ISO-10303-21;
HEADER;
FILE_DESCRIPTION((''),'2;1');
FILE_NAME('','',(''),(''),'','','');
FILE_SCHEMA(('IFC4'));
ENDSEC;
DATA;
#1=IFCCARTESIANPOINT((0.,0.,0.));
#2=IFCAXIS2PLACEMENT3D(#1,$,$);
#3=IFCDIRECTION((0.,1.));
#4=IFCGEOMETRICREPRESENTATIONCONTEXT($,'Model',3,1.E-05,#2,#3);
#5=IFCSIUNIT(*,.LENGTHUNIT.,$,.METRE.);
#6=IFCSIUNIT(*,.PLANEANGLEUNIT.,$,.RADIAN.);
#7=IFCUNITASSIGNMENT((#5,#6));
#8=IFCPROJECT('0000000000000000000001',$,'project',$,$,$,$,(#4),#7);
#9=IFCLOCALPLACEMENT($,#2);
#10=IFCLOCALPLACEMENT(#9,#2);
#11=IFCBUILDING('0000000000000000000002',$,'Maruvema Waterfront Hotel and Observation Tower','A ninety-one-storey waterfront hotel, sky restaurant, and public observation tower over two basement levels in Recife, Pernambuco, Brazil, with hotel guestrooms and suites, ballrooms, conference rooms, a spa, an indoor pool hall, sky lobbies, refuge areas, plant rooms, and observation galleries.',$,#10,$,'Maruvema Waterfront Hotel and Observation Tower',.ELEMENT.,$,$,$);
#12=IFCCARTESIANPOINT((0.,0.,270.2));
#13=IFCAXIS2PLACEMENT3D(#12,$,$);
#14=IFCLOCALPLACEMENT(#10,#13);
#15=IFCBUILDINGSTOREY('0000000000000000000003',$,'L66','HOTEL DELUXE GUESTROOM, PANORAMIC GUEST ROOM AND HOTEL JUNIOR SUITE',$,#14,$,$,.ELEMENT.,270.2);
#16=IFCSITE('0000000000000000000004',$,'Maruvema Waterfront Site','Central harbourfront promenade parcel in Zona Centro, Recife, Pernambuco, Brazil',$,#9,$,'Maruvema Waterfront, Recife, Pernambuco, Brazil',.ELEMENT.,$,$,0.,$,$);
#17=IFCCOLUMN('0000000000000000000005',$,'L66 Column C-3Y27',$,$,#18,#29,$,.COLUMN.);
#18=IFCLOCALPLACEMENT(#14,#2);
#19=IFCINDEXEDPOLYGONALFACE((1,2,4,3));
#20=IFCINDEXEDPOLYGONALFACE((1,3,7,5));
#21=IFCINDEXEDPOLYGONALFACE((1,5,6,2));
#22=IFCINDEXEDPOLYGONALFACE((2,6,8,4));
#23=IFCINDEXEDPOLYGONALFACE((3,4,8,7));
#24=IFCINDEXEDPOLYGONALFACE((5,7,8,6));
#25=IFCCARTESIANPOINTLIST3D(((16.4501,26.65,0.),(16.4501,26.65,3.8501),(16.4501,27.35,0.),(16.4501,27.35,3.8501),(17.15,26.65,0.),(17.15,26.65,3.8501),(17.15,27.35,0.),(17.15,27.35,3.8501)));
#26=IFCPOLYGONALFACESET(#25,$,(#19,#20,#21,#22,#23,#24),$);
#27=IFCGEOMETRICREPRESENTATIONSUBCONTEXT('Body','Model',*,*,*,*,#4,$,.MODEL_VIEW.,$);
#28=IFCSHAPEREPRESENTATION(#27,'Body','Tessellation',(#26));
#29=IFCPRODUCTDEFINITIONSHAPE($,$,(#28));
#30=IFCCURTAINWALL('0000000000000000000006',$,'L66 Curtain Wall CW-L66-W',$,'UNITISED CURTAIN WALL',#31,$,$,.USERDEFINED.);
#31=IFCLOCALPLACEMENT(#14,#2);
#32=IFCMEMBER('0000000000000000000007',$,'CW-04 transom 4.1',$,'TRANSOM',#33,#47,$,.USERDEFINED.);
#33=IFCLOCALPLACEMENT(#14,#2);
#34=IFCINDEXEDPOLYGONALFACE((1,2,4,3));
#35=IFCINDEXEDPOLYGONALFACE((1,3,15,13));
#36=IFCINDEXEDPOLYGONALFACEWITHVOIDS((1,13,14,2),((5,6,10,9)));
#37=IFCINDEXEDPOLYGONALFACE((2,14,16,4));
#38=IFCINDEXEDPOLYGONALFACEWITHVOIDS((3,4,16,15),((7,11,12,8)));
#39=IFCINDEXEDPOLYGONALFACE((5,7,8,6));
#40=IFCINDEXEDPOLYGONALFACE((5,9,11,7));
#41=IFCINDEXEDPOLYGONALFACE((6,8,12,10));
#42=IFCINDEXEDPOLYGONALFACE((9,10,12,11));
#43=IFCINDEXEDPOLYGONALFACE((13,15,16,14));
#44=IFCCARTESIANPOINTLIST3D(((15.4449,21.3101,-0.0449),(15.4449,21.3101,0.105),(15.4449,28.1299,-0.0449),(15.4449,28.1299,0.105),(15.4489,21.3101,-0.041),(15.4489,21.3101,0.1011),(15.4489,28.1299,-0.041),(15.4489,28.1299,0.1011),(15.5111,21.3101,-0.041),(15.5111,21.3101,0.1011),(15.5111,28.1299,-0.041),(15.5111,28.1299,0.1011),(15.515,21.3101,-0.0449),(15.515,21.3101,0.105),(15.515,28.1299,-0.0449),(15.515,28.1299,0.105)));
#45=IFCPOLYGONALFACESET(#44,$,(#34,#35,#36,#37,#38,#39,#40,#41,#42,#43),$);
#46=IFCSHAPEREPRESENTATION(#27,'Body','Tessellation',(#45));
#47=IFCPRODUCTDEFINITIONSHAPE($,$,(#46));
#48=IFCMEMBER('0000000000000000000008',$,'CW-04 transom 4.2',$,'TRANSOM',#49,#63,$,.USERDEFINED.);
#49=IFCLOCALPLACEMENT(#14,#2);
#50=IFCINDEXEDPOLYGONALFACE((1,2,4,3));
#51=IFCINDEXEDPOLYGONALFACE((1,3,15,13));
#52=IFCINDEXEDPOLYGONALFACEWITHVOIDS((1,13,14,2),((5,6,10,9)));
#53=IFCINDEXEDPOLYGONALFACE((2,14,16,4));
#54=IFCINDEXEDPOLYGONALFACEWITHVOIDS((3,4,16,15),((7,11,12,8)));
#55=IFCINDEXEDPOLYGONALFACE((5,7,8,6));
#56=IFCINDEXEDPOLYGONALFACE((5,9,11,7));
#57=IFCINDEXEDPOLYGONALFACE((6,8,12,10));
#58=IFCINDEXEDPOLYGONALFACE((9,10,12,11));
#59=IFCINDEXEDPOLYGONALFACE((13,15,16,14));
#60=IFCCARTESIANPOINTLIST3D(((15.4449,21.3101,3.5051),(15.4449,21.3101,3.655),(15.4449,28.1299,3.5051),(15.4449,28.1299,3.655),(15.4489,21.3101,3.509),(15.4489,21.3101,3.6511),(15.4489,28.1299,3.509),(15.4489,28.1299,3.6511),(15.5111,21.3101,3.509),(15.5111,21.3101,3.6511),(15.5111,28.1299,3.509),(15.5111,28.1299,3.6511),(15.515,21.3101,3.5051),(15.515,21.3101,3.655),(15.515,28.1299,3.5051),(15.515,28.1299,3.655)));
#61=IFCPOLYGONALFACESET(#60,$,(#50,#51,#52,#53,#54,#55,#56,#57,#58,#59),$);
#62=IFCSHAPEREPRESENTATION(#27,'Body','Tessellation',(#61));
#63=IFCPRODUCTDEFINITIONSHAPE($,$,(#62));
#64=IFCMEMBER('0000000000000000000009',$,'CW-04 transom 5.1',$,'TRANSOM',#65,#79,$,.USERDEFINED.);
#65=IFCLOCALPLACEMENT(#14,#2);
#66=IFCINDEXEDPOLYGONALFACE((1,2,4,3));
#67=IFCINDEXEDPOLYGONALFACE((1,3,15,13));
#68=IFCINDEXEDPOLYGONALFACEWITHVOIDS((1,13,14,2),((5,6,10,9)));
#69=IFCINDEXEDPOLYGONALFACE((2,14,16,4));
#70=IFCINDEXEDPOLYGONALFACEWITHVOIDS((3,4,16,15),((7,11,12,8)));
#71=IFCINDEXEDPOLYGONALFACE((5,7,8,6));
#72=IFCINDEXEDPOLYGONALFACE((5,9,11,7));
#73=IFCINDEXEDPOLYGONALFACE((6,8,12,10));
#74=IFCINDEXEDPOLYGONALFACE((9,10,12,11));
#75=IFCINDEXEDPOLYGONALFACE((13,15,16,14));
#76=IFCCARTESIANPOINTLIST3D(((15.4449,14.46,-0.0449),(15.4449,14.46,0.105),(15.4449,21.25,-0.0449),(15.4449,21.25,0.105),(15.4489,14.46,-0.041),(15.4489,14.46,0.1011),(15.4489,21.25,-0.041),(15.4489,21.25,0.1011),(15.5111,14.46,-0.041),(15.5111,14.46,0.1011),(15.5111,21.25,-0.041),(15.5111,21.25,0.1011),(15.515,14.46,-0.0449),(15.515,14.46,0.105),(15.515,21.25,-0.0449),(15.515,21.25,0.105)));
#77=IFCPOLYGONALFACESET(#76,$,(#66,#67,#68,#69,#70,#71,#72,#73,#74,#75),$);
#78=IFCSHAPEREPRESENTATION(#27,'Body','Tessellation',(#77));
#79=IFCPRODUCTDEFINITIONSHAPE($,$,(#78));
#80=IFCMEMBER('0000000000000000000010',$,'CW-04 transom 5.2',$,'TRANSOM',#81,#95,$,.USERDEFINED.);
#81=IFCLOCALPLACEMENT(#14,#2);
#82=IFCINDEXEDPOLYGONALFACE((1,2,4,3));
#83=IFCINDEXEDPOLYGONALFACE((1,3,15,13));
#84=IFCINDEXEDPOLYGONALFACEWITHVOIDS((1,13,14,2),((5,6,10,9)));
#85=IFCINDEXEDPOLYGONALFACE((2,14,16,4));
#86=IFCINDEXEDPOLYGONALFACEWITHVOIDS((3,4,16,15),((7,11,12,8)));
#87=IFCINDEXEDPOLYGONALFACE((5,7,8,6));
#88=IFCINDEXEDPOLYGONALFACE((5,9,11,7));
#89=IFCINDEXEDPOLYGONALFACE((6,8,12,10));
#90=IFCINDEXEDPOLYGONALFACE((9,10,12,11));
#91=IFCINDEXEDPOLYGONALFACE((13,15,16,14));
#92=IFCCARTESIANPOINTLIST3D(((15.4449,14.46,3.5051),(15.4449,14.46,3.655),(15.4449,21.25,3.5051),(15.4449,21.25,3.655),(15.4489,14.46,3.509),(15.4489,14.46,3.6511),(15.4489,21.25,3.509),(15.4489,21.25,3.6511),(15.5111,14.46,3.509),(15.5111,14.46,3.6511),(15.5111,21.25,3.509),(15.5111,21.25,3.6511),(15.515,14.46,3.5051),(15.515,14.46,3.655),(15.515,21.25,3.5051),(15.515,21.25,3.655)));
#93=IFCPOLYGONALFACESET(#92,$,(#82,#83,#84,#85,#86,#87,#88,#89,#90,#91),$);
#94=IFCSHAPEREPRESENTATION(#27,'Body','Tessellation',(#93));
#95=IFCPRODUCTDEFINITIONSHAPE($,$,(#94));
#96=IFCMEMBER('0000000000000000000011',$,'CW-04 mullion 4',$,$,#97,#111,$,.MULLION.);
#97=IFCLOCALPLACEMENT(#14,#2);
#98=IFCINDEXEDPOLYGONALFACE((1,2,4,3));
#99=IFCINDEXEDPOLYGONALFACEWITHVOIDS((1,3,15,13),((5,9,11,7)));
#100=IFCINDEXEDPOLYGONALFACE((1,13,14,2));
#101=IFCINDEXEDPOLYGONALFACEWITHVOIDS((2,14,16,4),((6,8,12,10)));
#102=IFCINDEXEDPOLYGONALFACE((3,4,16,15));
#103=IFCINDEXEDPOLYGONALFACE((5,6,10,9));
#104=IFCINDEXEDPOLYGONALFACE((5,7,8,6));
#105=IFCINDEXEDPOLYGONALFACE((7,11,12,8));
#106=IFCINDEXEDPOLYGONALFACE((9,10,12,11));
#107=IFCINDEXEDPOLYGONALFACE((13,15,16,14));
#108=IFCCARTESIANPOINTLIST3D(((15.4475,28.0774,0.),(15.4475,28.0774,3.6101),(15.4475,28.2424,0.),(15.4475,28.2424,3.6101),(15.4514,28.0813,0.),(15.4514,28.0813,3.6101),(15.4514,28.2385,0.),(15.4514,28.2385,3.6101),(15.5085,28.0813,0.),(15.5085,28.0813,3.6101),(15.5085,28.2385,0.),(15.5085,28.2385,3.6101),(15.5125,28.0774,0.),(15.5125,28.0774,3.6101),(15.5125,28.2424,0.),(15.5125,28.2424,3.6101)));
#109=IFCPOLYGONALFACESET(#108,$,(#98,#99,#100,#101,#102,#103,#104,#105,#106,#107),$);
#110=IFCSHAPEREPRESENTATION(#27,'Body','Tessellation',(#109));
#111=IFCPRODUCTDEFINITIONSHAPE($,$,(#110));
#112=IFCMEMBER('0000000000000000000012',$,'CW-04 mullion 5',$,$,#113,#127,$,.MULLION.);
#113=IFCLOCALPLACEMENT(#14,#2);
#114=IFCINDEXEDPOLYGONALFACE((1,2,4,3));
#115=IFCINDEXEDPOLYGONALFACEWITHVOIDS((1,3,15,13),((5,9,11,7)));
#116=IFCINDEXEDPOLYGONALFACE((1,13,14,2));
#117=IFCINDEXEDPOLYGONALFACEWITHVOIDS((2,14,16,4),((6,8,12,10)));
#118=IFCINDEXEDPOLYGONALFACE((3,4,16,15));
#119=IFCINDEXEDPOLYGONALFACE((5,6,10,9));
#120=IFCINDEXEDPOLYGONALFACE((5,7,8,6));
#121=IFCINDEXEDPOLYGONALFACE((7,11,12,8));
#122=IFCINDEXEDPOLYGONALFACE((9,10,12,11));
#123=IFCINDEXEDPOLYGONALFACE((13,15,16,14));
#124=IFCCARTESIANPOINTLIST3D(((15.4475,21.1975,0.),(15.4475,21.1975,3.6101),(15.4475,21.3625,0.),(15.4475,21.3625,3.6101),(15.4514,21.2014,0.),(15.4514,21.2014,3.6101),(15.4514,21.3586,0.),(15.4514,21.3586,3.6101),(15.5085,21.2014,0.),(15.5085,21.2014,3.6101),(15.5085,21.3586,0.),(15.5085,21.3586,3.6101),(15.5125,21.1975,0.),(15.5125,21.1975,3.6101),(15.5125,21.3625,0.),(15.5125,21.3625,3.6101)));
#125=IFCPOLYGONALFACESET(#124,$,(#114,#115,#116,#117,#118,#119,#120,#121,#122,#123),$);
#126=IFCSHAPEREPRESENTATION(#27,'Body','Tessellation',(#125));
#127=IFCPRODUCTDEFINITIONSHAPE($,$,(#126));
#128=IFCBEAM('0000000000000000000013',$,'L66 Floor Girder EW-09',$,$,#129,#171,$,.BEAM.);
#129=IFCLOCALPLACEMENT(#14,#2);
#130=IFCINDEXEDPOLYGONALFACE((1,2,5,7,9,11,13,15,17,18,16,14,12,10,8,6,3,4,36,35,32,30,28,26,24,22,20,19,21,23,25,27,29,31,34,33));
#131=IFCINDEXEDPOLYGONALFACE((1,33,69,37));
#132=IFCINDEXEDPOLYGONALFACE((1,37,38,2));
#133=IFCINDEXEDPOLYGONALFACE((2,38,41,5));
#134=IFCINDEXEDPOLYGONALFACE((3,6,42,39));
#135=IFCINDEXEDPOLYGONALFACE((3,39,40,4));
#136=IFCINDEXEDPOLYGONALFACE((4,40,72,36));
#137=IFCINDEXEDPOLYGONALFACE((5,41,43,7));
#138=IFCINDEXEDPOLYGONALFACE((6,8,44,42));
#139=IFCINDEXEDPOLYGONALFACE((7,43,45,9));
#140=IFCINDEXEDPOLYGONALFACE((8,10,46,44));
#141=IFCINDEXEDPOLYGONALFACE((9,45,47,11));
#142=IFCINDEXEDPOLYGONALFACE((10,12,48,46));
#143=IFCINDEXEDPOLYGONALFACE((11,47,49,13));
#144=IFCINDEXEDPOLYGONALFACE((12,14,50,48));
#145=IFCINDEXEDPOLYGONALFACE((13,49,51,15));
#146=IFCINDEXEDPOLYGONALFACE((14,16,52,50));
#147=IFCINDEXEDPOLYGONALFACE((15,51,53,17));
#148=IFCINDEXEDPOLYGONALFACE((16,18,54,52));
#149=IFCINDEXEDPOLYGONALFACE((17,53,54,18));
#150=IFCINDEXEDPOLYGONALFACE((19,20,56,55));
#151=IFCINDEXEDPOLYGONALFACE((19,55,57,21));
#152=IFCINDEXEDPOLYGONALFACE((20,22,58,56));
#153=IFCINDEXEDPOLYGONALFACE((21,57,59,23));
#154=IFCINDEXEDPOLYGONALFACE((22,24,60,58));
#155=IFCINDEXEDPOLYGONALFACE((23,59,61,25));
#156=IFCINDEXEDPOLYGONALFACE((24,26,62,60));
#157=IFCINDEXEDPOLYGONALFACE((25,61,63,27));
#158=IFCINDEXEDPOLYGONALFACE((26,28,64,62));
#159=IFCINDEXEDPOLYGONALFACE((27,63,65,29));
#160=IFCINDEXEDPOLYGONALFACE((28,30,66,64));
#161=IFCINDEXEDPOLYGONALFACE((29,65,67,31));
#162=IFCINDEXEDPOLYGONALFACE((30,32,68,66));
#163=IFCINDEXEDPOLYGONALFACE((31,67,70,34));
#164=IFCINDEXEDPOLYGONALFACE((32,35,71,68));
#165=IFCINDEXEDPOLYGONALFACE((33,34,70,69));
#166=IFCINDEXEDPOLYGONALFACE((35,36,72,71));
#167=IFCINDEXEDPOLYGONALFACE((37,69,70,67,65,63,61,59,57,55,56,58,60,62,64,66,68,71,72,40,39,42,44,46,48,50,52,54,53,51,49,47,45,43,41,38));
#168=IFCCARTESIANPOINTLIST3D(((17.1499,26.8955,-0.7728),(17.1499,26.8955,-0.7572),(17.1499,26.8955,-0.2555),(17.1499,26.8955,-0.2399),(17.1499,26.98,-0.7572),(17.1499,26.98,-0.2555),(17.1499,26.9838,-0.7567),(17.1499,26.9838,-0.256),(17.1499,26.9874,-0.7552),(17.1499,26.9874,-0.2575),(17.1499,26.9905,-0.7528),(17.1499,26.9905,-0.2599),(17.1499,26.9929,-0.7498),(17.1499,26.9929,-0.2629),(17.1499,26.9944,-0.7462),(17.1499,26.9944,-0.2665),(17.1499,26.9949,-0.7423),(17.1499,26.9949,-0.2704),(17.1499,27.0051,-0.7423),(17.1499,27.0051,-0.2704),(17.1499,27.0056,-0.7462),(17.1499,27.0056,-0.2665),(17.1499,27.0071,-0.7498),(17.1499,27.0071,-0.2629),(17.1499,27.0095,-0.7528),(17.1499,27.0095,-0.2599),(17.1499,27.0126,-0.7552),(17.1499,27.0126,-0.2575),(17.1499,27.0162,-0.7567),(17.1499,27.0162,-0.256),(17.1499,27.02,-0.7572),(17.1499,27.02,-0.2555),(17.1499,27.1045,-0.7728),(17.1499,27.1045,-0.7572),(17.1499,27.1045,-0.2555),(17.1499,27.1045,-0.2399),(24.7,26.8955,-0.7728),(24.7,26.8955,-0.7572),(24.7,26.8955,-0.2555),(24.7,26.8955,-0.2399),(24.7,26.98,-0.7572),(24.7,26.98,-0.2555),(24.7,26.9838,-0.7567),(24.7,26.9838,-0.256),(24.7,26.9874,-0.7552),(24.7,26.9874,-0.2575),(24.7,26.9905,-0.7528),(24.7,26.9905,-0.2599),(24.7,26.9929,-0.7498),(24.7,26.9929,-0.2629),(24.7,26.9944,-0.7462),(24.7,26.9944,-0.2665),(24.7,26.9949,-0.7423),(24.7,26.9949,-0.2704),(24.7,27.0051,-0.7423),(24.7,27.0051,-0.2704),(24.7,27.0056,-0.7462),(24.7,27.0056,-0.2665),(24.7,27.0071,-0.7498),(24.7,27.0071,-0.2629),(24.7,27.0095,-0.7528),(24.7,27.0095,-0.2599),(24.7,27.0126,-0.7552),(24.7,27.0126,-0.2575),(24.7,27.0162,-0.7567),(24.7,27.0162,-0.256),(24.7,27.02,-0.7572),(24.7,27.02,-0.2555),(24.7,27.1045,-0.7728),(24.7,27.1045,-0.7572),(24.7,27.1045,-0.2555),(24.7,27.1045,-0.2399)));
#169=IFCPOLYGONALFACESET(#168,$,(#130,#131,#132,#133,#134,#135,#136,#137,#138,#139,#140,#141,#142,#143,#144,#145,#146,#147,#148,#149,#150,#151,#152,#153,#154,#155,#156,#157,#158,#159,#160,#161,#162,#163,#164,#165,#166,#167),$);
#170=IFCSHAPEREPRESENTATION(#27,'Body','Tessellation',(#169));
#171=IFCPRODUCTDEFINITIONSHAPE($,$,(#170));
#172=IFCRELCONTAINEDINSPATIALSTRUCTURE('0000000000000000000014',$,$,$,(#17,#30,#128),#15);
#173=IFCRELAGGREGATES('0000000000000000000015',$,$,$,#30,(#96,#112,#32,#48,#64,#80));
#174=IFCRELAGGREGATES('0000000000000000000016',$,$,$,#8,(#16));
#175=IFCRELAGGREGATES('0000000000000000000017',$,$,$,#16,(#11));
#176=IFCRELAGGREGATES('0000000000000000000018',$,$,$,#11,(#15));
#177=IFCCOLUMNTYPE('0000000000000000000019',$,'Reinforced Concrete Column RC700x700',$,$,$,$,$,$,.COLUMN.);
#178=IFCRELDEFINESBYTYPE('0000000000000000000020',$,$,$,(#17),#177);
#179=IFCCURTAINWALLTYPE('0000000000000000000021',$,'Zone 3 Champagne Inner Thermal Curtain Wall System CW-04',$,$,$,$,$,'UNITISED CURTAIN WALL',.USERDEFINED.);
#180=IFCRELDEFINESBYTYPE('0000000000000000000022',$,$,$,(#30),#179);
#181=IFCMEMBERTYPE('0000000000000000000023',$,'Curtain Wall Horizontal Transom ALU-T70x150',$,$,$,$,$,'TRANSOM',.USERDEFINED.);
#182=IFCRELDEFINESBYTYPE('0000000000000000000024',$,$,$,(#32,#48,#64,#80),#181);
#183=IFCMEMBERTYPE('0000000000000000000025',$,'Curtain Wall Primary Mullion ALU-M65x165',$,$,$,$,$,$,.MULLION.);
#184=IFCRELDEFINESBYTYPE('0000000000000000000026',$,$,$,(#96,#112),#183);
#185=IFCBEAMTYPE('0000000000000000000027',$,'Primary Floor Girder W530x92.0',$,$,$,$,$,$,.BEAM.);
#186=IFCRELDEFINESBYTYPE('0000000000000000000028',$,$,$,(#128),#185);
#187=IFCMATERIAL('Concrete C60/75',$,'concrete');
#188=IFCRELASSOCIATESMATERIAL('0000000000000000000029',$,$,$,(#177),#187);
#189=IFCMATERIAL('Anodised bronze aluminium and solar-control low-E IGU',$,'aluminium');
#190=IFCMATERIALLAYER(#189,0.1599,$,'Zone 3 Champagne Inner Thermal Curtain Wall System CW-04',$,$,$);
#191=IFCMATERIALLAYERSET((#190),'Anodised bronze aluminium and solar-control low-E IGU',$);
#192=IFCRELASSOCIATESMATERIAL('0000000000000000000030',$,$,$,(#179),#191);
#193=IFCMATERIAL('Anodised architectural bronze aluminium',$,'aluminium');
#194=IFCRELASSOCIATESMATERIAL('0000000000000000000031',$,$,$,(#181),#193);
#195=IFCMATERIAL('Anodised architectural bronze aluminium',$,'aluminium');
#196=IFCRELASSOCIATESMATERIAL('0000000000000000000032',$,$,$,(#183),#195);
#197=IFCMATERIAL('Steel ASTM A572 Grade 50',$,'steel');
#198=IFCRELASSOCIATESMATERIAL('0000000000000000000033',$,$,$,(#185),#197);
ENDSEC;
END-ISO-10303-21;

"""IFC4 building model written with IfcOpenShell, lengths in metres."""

from ifc_helpers import new_model, si_unit, direction, frame, origin, origin_2d, place, context, subcontext, project, spatial, rectangle, hollow_rectangle, i_section, extrude, material, layer, layer_set, material_profile, profile_set, type_object, element, aggregate, save


model = new_model("IFC4")

# Units and contexts
model_context = context("Model", 3, precision=1e-05, world=origin(), true_north=direction((0.0, 1.0)))
body_context = subcontext(model_context, "Body", "Model", "MODEL_VIEW")
ifc_project = project(units=[si_unit("LENGTHUNIT", "METRE"), si_unit("PLANEANGLEUNIT", "RADIAN")], contexts=[model_context])

# Site, building, storey
site_placement = place(None, origin())
site = spatial("IfcSite", under=ifc_project, at=site_placement, Name="Maruvema Waterfront Site", Description="Central harbourfront promenade parcel in Zona Centro, Recife, Pernambuco, Brazil", LongName="Maruvema Waterfront, Recife, Pernambuco, Brazil", CompositionType="ELEMENT", RefElevation=0.0)
building_placement = place(site_placement, origin())
building = spatial("IfcBuilding", under=site, at=building_placement, Name="Maruvema Waterfront Hotel and Observation Tower", Description="A ninety-one-storey waterfront hotel, sky restaurant, and public observation tower over two basement levels in Recife, Pernambuco, Brazil, with hotel guestrooms and suites, ballrooms, conference rooms, a spa, an indoor pool hall, sky lobbies, refuge areas, plant rooms, and observation galleries.", LongName="Maruvema Waterfront Hotel and Observation Tower", CompositionType="ELEMENT")
storey_placement = place(building_placement, frame((0.0, 0.0, 270.2)))
storey = spatial("IfcBuildingStorey", under=building, at=storey_placement, Name="L66", Description="HOTEL DELUXE GUESTROOM, PANORAMIC GUEST ROOM AND HOTEL JUNIOR SUITE", CompositionType="ELEMENT", Elevation=270.2)

# Column
ifc_material_1 = material(Name="Concrete C60/75", Category="concrete")
ifc_material_profile_1 = material_profile(ifc_material_1, rectangle(XDim=0.7, YDim=0.7, at=origin_2d()), Name="RC700x700")
ifc_profile_set_1 = profile_set([ifc_material_profile_1], Name="Concrete C60/75")
column_type = type_object("IfcColumnType", Name="Reinforced Concrete Column RC700x700", PredefinedType="COLUMN", material=ifc_profile_set_1)
column_placement = place(storey_placement, frame((16.8, 27.0, 0.0), z_axis=(0.0, 0.0, 1.0), x_axis=(1.0, 0.0, 0.0)))
element("IfcColumn", 1, at=column_placement, inside=storey, type_object=column_type, Name="L66 Column C-3Y27", PredefinedType="COLUMN", context=body_context, shape_type="SweptSolid", body=[
    extrude(rectangle(XDim=0.7, YDim=0.7, at=origin_2d()), origin(), (0.0, 0.0, 1.0), 3.8501),
])

# Curtain wall, members
ifc_material_2 = material(Name="Anodised bronze aluminium and solar-control low-E IGU", Category="aluminium")
ifc_layer_1 = layer(ifc_material_2, 0.1599, Name="Zone 3 Champagne Inner Thermal Curtain Wall System CW-04")
ifc_layer_set_1 = layer_set([ifc_layer_1], Name="Anodised bronze aluminium and solar-control low-E IGU")
curtain_wall_type = type_object("IfcCurtainWallType", Name="Zone 3 Champagne Inner Thermal Curtain Wall System CW-04", ElementType="UNITISED CURTAIN WALL", PredefinedType="USERDEFINED", material=ifc_layer_set_1)
curtain_wall_placement = place(storey_placement, origin())
curtain_wall = element("IfcCurtainWall", 2, at=curtain_wall_placement, inside=storey, type_object=curtain_wall_type, Name="L66 Curtain Wall CW-L66-W", ObjectType="UNITISED CURTAIN WALL", PredefinedType="USERDEFINED")
ifc_material_3 = material(Name="Anodised architectural bronze aluminium", Category="aluminium")
ifc_material_profile_2 = material_profile(ifc_material_3, hollow_rectangle(XDim=0.0701, YDim=0.1499, WallThickness=0.0039, at=origin_2d()), Name="ALU-T70x150")
ifc_profile_set_2 = profile_set([ifc_material_profile_2], Name="Anodised architectural bronze aluminium")
member_type_1 = type_object("IfcMemberType", Name="Curtain Wall Horizontal Transom ALU-T70x150", ElementType="TRANSOM", PredefinedType="USERDEFINED", material=ifc_profile_set_2)
member_1_placement = place(storey_placement, frame((15.48, 28.1299, 0.03), z_axis=(0.0, -1.0, 0.0), x_axis=(1.0, 0.0, 0.0)))
member_1 = element("IfcMember", 3, at=member_1_placement, type_object=member_type_1, Name="CW-04 transom 4.1", ObjectType="TRANSOM", PredefinedType="USERDEFINED", context=body_context, shape_type="SweptSolid", body=[
    extrude(hollow_rectangle(XDim=0.0701, YDim=0.1499, WallThickness=0.0039, at=origin_2d()), origin(), (0.0, 0.0, 1.0), 6.8198),
])
member_2_placement = place(storey_placement, frame((15.48, 28.1299, 3.5801), z_axis=(0.0, -1.0, 0.0), x_axis=(1.0, 0.0, 0.0)))
member_2 = element("IfcMember", 4, at=member_2_placement, type_object=member_type_1, Name="CW-04 transom 4.2", ObjectType="TRANSOM", PredefinedType="USERDEFINED", context=body_context, shape_type="SweptSolid", body=[
    extrude(hollow_rectangle(XDim=0.0701, YDim=0.1499, WallThickness=0.0039, at=origin_2d()), origin(), (0.0, 0.0, 1.0), 6.8198),
])
member_3_placement = place(storey_placement, frame((15.48, 21.25, 0.03), z_axis=(0.0, -1.0, 0.0), x_axis=(1.0, 0.0, 0.0)))
member_3 = element("IfcMember", 5, at=member_3_placement, type_object=member_type_1, Name="CW-04 transom 5.1", ObjectType="TRANSOM", PredefinedType="USERDEFINED", context=body_context, shape_type="SweptSolid", body=[
    extrude(hollow_rectangle(XDim=0.0701, YDim=0.1499, WallThickness=0.0039, at=origin_2d()), origin(), (0.0, 0.0, 1.0), 6.79),
])
member_4_placement = place(storey_placement, frame((15.48, 21.25, 3.5801), z_axis=(0.0, -1.0, 0.0), x_axis=(1.0, 0.0, 0.0)))
member_4 = element("IfcMember", 6, at=member_4_placement, type_object=member_type_1, Name="CW-04 transom 5.2", ObjectType="TRANSOM", PredefinedType="USERDEFINED", context=body_context, shape_type="SweptSolid", body=[
    extrude(hollow_rectangle(XDim=0.0701, YDim=0.1499, WallThickness=0.0039, at=origin_2d()), origin(), (0.0, 0.0, 1.0), 6.79),
])
ifc_material_4 = material(Name="Anodised architectural bronze aluminium", Category="aluminium")
ifc_material_profile_3 = material_profile(ifc_material_4, hollow_rectangle(XDim=0.0649, YDim=0.165, WallThickness=0.0039, at=origin_2d()), Name="ALU-M65x165")
ifc_profile_set_3 = profile_set([ifc_material_profile_3], Name="Anodised architectural bronze aluminium")
member_type_2 = type_object("IfcMemberType", Name="Curtain Wall Primary Mullion ALU-M65x165", PredefinedType="MULLION", material=ifc_profile_set_3)
member_5_placement = place(storey_placement, frame((15.48, 28.1599, 0.0), z_axis=(0.0, 0.0, 1.0), x_axis=(1.0, 0.0, 0.0)))
member_5 = element("IfcMember", 7, at=member_5_placement, type_object=member_type_2, Name="CW-04 mullion 4", PredefinedType="MULLION", context=body_context, shape_type="SweptSolid", body=[
    extrude(hollow_rectangle(XDim=0.0649, YDim=0.165, WallThickness=0.0039, at=origin_2d()), origin(), (0.0, 0.0, 1.0), 3.6101),
])
member_6_placement = place(storey_placement, frame((15.48, 21.28, 0.0), z_axis=(0.0, 0.0, 1.0), x_axis=(1.0, 0.0, 0.0)))
member_6 = element("IfcMember", 8, at=member_6_placement, type_object=member_type_2, Name="CW-04 mullion 5", PredefinedType="MULLION", context=body_context, shape_type="SweptSolid", body=[
    extrude(hollow_rectangle(XDim=0.0649, YDim=0.165, WallThickness=0.0039, at=origin_2d()), origin(), (0.0, 0.0, 1.0), 3.6101),
])

# Beam
ifc_material_5 = material(Name="Steel ASTM A572 Grade 50", Category="steel")
ifc_material_profile_4 = material_profile(ifc_material_5, i_section(OverallWidth=0.209, OverallDepth=0.533, WebThickness=0.0103, FlangeThickness=0.0156, FilletRadius=0.0149, at=origin_2d()), Name="W530x92.0")
ifc_profile_set_4 = profile_set([ifc_material_profile_4], Name="Steel ASTM A572 Grade 50")
beam_type_1 = type_object("IfcBeamType", Name="Primary Floor Girder W530x92.0", PredefinedType="BEAM", material=ifc_profile_set_4)
beam_1_placement = place(storey_placement, frame((17.1499, 27.0, -0.5063), z_axis=(1.0, 0.0, 0.0), x_axis=(0.0, 1.0, 0.0)))
element("IfcBeam", 9, at=beam_1_placement, inside=storey, type_object=beam_type_1, Name="L66 Floor Girder EW-09", PredefinedType="BEAM", context=body_context, shape_type="SweptSolid", body=[
    extrude(i_section(OverallWidth=0.209, OverallDepth=0.533, WebThickness=0.0103, FlangeThickness=0.0156, FilletRadius=0.0149, at=origin_2d()), origin(), (0.0, 0.0, 1.0), 7.55),
])

aggregate(curtain_wall, [member_5, member_6, member_1, member_2, member_3, member_4])

save(model, "model.ifc")
